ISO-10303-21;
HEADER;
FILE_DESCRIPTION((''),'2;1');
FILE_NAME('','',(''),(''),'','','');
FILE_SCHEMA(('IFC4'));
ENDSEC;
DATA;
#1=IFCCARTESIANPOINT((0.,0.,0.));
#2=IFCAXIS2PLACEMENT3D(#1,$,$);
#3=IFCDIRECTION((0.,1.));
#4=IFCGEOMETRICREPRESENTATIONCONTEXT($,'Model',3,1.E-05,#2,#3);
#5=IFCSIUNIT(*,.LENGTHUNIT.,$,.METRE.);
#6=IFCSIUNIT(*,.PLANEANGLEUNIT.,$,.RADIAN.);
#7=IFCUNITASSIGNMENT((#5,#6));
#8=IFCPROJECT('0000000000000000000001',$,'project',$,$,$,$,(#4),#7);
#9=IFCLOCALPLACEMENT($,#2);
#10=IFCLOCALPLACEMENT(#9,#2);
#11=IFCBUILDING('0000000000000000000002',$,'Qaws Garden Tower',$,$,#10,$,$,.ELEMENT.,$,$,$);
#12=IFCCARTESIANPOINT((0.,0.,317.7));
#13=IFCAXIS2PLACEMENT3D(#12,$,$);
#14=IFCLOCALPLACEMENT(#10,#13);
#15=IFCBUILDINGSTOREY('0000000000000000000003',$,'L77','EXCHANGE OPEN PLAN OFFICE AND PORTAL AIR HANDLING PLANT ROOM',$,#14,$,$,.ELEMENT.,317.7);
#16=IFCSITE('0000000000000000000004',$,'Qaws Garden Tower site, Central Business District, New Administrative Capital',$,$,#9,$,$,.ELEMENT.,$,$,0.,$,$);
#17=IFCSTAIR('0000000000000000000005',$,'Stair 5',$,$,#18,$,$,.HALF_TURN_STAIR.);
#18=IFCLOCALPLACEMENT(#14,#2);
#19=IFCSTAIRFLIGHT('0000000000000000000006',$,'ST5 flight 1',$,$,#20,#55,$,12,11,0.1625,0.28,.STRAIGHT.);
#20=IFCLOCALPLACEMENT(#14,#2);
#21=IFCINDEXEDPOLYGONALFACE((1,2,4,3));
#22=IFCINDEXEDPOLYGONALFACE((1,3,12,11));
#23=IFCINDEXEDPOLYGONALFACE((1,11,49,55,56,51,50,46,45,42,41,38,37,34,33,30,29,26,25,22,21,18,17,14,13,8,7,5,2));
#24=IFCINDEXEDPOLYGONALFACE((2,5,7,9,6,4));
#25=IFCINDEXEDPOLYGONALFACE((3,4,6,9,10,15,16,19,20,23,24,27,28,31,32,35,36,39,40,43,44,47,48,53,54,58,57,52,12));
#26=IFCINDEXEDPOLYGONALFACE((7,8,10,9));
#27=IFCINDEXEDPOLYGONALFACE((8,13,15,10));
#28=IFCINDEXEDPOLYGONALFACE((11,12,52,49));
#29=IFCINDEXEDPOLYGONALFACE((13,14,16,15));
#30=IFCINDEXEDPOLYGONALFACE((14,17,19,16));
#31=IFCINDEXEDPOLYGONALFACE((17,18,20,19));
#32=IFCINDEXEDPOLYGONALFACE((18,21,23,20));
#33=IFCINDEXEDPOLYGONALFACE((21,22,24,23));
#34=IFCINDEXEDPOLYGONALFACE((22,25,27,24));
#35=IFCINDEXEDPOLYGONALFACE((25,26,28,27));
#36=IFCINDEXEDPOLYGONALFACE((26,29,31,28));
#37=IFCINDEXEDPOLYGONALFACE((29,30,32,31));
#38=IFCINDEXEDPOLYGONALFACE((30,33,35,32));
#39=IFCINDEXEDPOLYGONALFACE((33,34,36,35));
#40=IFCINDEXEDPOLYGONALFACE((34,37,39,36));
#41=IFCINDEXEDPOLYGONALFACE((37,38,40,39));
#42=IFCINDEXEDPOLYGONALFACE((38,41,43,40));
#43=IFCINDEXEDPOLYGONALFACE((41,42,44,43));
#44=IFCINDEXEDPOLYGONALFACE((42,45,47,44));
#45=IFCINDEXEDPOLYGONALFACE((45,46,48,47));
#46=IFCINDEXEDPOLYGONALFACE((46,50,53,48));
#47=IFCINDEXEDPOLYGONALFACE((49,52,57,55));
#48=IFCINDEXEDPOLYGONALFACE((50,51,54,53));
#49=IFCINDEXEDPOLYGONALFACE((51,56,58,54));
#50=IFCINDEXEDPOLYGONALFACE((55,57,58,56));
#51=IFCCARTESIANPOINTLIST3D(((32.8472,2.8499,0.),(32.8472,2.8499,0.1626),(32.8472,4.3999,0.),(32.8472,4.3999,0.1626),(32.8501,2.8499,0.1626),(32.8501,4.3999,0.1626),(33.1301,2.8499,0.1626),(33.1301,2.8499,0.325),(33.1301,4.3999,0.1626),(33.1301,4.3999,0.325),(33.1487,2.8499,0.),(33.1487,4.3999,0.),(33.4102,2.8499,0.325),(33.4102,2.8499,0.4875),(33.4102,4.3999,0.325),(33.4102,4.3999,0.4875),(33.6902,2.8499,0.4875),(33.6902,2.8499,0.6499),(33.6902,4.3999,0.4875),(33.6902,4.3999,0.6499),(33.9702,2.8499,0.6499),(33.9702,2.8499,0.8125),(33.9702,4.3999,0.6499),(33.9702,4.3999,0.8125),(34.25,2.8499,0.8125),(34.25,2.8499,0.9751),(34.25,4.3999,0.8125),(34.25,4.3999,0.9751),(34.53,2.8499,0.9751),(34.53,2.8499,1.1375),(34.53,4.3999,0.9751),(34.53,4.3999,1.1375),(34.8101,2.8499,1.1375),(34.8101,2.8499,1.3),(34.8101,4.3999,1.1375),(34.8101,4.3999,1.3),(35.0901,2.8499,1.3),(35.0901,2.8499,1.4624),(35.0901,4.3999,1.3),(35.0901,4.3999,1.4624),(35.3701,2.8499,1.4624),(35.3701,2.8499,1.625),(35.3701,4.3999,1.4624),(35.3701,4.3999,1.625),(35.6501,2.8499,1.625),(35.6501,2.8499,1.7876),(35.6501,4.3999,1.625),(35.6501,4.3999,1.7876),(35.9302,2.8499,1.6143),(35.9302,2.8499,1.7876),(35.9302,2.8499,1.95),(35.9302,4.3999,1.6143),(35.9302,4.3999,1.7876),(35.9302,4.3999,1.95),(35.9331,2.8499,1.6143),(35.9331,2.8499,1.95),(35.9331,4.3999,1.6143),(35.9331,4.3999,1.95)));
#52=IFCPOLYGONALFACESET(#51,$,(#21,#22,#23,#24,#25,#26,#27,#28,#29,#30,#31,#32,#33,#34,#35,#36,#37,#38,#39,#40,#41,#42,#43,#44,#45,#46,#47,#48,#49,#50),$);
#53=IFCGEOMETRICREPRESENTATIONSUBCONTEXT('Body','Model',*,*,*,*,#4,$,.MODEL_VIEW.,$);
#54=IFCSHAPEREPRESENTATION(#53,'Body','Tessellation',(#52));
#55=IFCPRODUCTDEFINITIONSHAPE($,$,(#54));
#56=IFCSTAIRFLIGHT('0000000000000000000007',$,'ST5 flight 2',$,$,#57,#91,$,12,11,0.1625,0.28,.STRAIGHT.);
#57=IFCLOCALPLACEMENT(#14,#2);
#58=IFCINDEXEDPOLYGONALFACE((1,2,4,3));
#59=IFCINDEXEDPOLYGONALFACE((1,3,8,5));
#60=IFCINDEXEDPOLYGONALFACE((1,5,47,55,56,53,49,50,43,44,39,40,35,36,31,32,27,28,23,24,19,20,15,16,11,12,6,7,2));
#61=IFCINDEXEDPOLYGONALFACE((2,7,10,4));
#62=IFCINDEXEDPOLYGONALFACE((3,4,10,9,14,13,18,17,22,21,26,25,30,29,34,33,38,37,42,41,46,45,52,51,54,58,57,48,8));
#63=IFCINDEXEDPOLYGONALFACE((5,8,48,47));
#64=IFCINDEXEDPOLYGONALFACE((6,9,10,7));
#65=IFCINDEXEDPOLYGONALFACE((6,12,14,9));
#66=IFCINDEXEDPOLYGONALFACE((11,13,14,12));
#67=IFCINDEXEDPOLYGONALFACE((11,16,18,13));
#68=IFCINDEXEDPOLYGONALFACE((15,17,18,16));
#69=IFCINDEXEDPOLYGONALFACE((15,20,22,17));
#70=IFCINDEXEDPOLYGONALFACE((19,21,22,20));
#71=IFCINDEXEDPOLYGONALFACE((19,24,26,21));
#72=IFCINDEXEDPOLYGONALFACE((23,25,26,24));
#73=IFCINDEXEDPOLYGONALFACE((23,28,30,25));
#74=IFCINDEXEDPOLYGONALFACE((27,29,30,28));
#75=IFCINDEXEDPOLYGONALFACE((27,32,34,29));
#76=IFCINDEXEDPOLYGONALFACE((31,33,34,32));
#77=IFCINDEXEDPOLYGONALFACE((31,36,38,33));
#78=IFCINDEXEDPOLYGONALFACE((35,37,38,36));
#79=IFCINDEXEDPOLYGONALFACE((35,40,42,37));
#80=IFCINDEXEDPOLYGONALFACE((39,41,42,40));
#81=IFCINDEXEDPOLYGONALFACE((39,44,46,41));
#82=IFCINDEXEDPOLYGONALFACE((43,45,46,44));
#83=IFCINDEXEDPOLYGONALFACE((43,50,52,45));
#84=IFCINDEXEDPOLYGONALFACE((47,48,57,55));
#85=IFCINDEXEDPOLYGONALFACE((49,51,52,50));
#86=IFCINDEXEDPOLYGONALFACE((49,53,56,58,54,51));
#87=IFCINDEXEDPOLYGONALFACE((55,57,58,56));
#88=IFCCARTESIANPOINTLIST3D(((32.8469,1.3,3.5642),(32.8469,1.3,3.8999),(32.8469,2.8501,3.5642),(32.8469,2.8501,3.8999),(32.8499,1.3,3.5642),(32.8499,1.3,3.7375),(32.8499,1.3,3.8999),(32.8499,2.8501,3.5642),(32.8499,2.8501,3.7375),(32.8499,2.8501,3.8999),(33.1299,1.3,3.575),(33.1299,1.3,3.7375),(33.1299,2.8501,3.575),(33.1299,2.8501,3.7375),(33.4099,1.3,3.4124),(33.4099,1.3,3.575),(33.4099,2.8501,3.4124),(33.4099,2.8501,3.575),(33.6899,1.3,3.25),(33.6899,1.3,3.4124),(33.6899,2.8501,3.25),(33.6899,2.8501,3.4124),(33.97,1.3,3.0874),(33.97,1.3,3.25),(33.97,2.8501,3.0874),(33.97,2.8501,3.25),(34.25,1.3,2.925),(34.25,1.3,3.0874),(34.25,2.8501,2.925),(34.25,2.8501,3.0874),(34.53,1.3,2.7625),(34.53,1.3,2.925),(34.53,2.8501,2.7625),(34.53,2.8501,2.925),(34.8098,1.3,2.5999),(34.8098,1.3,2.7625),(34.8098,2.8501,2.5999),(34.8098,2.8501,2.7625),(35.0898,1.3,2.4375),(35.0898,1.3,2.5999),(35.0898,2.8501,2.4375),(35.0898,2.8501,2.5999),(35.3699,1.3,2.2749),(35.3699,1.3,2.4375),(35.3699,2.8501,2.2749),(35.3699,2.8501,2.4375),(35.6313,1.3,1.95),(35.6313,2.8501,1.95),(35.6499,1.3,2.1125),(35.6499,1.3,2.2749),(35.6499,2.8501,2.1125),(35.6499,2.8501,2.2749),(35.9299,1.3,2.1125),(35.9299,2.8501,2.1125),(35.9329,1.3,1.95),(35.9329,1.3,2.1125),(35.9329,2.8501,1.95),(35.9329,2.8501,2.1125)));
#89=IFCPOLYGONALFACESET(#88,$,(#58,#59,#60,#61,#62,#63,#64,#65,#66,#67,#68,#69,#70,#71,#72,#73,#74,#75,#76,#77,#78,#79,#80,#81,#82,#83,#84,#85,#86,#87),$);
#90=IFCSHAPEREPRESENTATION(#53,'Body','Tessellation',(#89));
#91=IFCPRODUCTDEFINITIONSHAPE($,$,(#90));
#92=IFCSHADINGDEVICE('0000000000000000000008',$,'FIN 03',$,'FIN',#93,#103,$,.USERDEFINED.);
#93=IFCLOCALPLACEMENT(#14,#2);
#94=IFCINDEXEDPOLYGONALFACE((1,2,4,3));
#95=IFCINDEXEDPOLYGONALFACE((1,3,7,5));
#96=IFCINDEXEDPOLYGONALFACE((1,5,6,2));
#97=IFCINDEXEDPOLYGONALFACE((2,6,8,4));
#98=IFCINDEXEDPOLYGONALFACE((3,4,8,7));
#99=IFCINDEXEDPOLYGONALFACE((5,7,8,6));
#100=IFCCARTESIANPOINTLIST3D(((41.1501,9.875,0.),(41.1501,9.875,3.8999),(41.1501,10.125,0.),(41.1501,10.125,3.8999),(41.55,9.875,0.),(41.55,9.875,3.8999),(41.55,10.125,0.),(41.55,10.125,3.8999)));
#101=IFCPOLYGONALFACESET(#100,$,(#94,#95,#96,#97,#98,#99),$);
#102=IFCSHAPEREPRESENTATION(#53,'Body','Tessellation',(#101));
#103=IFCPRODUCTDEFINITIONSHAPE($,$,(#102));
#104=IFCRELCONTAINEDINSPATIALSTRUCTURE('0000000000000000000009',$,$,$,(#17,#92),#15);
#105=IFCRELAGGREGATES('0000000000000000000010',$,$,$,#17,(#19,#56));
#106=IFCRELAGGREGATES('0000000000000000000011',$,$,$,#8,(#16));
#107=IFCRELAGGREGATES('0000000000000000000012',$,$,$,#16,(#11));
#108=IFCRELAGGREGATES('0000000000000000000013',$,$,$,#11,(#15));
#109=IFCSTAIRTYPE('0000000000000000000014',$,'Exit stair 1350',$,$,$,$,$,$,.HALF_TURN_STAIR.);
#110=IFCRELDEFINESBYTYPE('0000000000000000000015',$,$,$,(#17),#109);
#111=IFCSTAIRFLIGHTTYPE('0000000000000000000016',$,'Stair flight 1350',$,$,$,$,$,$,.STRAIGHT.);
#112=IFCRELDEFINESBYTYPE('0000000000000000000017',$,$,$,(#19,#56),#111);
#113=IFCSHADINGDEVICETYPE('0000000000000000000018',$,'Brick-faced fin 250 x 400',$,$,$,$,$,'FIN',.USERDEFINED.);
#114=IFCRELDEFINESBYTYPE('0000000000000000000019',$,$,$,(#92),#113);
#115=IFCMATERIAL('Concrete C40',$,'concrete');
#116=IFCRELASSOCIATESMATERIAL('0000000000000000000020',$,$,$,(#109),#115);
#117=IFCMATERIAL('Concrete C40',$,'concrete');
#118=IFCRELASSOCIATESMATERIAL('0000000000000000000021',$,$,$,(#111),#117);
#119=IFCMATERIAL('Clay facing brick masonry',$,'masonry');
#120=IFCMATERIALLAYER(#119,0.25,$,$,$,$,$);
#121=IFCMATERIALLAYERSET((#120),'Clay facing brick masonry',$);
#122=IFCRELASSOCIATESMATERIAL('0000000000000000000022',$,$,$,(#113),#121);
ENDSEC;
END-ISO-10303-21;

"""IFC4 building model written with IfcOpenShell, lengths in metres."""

from ifc_helpers import new_model, si_unit, direction, frame, origin, origin_2d, place, context, subcontext, project, spatial, polyline, rectangle, outline, extrude, material, layer, layer_set, type_object, element, aggregate, save


model = new_model("IFC4")

# Units and contexts
model_context = context("Model", 3, precision=1e-05, world=origin(), true_north=direction((0.0, 1.0)))
body_context = subcontext(model_context, "Body", "Model", "MODEL_VIEW")
ifc_project = project(units=[si_unit("LENGTHUNIT", "METRE"), si_unit("PLANEANGLEUNIT", "RADIAN")], contexts=[model_context])

# Site, building, storey
site_placement = place(None, origin())
site = spatial("IfcSite", under=ifc_project, at=site_placement, Name="Qaws Garden Tower site, Central Business District, New Administrative Capital", CompositionType="ELEMENT", RefElevation=0.0)
building_placement = place(site_placement, origin())
building = spatial("IfcBuilding", under=site, at=building_placement, Name="Qaws Garden Tower", CompositionType="ELEMENT")
storey_placement = place(building_placement, frame((0.0, 0.0, 317.7)))
storey = spatial("IfcBuildingStorey", under=building, at=storey_placement, Name="L77", Description="EXCHANGE OPEN PLAN OFFICE AND PORTAL AIR HANDLING PLANT ROOM", CompositionType="ELEMENT", Elevation=317.7)

# Stair, stair flights
ifc_material_1 = material(Name="Concrete C40", Category="concrete")
stair_type = type_object("IfcStairType", Name="Exit stair 1350", PredefinedType="HALF_TURN_STAIR", material=ifc_material_1)
stair_placement = place(storey_placement, origin())
stair = element("IfcStair", 1, at=stair_placement, inside=storey, type_object=stair_type, Name="Stair 5", PredefinedType="HALF_TURN_STAIR")
ifc_material_2 = material(Name="Concrete C40", Category="concrete")
stair_flight_type = type_object("IfcStairFlightType", Name="Stair flight 1350", PredefinedType="STRAIGHT", material=ifc_material_2)
stair_flight_1_placement = place(storey_placement, frame((32.8501, 3.625, 0.0), z_axis=(0.0, 0.0, 1.0), x_axis=(1.0, 0.0, 0.0)))
stair_flight_1 = element("IfcStairFlight", 2, at=stair_flight_1_placement, type_object=stair_flight_type, Name="ST5 flight 1", NumberOfRisers=12, NumberOfTreads=11, PredefinedType="STRAIGHT", RiserHeight=0.1625, TreadLength=0.28, context=body_context, shape_type="SweptSolid", body=[
    extrude(outline(polyline([(-0.0029, 0.0), (-0.0029, 0.1626), (0.0, 0.1626), (0.28, 0.1626), (0.28, 0.325), (0.5601, 0.325), (0.5601, 0.4875), (0.8401, 0.4875), (0.8401, 0.6499), (1.1201, 0.6499), (1.1201, 0.8125), (1.3999, 0.8125), (1.3999, 0.9751), (1.6799, 0.9751), (1.6799, 1.1375), (1.96, 1.1375), (1.96, 1.3), (2.24, 1.3), (2.24, 1.4624), (2.52, 1.4624), (2.52, 1.625), (2.8, 1.625), (2.8, 1.7876), (3.0801, 1.7876), (3.0801, 1.95), (3.083, 1.95), (3.083, 1.6143), (3.0801, 1.6143), (0.2986, 0.0), (-0.0029, 0.0)])), frame((0.0, 0.7749, 0.0), z_axis=(0.0, -1.0, 0.0), x_axis=(1.0, 0.0, 0.0)), (0.0, 0.0, 1.0), 1.55),
])
stair_flight_2_placement = place(storey_placement, frame((35.9299, 2.075, 1.95), z_axis=(0.0, 0.0, 1.0), x_axis=(-1.0, 0.0, 0.0)))
stair_flight_2 = element("IfcStairFlight", 3, at=stair_flight_2_placement, type_object=stair_flight_type, Name="ST5 flight 2", NumberOfRisers=12, NumberOfTreads=11, PredefinedType="STRAIGHT", RiserHeight=0.1625, TreadLength=0.28, context=body_context, shape_type="SweptSolid", body=[
    extrude(outline(polyline([(-0.0029, 0.0), (-0.0029, 0.1626), (0.0, 0.1626), (0.28, 0.1626), (0.28, 0.325), (0.5601, 0.325), (0.5601, 0.4875), (0.8401, 0.4875), (0.8401, 0.6499), (1.1201, 0.6499), (1.1201, 0.8125), (1.3999, 0.8125), (1.3999, 0.9751), (1.6799, 0.9751), (1.6799, 1.1375), (1.96, 1.1375), (1.96, 1.3), (2.24, 1.3), (2.24, 1.4624), (2.52, 1.4624), (2.52, 1.625), (2.8, 1.625), (2.8, 1.7876), (3.0801, 1.7876), (3.0801, 1.95), (3.083, 1.95), (3.083, 1.6143), (3.0801, 1.6143), (0.2986, 0.0), (-0.0029, 0.0)])), frame((0.0, 0.7749, 0.0), z_axis=(0.0, -1.0, 0.0), x_axis=(1.0, 0.0, 0.0)), (0.0, 0.0, 1.0), 1.55),
])
aggregate(stair, [stair_flight_1, stair_flight_2])

# Shading device
ifc_material_3 = material(Name="Clay facing brick masonry", Category="masonry")
ifc_layer_1 = layer(ifc_material_3, 0.25)
ifc_layer_set_1 = layer_set([ifc_layer_1], Name="Clay facing brick masonry")
shading_device_type = type_object("IfcShadingDeviceType", Name="Brick-faced fin 250 x 400", ElementType="FIN", PredefinedType="USERDEFINED", material=ifc_layer_set_1)
shading_device_placement = place(storey_placement, frame((41.3501, 10.0, 0.0), z_axis=(0.0, 0.0, 1.0), x_axis=(0.0, 1.0, 0.0)))
element("IfcShadingDevice", 4, at=shading_device_placement, inside=storey, type_object=shading_device_type, Name="FIN 03", ObjectType="FIN", PredefinedType="USERDEFINED", context=body_context, shape_type="SweptSolid", body=[
    extrude(rectangle(XDim=0.25, YDim=0.3999, at=origin_2d()), origin(), (0.0, 0.0, 1.0), 3.8999),
])

save(model, "model.ifc")
